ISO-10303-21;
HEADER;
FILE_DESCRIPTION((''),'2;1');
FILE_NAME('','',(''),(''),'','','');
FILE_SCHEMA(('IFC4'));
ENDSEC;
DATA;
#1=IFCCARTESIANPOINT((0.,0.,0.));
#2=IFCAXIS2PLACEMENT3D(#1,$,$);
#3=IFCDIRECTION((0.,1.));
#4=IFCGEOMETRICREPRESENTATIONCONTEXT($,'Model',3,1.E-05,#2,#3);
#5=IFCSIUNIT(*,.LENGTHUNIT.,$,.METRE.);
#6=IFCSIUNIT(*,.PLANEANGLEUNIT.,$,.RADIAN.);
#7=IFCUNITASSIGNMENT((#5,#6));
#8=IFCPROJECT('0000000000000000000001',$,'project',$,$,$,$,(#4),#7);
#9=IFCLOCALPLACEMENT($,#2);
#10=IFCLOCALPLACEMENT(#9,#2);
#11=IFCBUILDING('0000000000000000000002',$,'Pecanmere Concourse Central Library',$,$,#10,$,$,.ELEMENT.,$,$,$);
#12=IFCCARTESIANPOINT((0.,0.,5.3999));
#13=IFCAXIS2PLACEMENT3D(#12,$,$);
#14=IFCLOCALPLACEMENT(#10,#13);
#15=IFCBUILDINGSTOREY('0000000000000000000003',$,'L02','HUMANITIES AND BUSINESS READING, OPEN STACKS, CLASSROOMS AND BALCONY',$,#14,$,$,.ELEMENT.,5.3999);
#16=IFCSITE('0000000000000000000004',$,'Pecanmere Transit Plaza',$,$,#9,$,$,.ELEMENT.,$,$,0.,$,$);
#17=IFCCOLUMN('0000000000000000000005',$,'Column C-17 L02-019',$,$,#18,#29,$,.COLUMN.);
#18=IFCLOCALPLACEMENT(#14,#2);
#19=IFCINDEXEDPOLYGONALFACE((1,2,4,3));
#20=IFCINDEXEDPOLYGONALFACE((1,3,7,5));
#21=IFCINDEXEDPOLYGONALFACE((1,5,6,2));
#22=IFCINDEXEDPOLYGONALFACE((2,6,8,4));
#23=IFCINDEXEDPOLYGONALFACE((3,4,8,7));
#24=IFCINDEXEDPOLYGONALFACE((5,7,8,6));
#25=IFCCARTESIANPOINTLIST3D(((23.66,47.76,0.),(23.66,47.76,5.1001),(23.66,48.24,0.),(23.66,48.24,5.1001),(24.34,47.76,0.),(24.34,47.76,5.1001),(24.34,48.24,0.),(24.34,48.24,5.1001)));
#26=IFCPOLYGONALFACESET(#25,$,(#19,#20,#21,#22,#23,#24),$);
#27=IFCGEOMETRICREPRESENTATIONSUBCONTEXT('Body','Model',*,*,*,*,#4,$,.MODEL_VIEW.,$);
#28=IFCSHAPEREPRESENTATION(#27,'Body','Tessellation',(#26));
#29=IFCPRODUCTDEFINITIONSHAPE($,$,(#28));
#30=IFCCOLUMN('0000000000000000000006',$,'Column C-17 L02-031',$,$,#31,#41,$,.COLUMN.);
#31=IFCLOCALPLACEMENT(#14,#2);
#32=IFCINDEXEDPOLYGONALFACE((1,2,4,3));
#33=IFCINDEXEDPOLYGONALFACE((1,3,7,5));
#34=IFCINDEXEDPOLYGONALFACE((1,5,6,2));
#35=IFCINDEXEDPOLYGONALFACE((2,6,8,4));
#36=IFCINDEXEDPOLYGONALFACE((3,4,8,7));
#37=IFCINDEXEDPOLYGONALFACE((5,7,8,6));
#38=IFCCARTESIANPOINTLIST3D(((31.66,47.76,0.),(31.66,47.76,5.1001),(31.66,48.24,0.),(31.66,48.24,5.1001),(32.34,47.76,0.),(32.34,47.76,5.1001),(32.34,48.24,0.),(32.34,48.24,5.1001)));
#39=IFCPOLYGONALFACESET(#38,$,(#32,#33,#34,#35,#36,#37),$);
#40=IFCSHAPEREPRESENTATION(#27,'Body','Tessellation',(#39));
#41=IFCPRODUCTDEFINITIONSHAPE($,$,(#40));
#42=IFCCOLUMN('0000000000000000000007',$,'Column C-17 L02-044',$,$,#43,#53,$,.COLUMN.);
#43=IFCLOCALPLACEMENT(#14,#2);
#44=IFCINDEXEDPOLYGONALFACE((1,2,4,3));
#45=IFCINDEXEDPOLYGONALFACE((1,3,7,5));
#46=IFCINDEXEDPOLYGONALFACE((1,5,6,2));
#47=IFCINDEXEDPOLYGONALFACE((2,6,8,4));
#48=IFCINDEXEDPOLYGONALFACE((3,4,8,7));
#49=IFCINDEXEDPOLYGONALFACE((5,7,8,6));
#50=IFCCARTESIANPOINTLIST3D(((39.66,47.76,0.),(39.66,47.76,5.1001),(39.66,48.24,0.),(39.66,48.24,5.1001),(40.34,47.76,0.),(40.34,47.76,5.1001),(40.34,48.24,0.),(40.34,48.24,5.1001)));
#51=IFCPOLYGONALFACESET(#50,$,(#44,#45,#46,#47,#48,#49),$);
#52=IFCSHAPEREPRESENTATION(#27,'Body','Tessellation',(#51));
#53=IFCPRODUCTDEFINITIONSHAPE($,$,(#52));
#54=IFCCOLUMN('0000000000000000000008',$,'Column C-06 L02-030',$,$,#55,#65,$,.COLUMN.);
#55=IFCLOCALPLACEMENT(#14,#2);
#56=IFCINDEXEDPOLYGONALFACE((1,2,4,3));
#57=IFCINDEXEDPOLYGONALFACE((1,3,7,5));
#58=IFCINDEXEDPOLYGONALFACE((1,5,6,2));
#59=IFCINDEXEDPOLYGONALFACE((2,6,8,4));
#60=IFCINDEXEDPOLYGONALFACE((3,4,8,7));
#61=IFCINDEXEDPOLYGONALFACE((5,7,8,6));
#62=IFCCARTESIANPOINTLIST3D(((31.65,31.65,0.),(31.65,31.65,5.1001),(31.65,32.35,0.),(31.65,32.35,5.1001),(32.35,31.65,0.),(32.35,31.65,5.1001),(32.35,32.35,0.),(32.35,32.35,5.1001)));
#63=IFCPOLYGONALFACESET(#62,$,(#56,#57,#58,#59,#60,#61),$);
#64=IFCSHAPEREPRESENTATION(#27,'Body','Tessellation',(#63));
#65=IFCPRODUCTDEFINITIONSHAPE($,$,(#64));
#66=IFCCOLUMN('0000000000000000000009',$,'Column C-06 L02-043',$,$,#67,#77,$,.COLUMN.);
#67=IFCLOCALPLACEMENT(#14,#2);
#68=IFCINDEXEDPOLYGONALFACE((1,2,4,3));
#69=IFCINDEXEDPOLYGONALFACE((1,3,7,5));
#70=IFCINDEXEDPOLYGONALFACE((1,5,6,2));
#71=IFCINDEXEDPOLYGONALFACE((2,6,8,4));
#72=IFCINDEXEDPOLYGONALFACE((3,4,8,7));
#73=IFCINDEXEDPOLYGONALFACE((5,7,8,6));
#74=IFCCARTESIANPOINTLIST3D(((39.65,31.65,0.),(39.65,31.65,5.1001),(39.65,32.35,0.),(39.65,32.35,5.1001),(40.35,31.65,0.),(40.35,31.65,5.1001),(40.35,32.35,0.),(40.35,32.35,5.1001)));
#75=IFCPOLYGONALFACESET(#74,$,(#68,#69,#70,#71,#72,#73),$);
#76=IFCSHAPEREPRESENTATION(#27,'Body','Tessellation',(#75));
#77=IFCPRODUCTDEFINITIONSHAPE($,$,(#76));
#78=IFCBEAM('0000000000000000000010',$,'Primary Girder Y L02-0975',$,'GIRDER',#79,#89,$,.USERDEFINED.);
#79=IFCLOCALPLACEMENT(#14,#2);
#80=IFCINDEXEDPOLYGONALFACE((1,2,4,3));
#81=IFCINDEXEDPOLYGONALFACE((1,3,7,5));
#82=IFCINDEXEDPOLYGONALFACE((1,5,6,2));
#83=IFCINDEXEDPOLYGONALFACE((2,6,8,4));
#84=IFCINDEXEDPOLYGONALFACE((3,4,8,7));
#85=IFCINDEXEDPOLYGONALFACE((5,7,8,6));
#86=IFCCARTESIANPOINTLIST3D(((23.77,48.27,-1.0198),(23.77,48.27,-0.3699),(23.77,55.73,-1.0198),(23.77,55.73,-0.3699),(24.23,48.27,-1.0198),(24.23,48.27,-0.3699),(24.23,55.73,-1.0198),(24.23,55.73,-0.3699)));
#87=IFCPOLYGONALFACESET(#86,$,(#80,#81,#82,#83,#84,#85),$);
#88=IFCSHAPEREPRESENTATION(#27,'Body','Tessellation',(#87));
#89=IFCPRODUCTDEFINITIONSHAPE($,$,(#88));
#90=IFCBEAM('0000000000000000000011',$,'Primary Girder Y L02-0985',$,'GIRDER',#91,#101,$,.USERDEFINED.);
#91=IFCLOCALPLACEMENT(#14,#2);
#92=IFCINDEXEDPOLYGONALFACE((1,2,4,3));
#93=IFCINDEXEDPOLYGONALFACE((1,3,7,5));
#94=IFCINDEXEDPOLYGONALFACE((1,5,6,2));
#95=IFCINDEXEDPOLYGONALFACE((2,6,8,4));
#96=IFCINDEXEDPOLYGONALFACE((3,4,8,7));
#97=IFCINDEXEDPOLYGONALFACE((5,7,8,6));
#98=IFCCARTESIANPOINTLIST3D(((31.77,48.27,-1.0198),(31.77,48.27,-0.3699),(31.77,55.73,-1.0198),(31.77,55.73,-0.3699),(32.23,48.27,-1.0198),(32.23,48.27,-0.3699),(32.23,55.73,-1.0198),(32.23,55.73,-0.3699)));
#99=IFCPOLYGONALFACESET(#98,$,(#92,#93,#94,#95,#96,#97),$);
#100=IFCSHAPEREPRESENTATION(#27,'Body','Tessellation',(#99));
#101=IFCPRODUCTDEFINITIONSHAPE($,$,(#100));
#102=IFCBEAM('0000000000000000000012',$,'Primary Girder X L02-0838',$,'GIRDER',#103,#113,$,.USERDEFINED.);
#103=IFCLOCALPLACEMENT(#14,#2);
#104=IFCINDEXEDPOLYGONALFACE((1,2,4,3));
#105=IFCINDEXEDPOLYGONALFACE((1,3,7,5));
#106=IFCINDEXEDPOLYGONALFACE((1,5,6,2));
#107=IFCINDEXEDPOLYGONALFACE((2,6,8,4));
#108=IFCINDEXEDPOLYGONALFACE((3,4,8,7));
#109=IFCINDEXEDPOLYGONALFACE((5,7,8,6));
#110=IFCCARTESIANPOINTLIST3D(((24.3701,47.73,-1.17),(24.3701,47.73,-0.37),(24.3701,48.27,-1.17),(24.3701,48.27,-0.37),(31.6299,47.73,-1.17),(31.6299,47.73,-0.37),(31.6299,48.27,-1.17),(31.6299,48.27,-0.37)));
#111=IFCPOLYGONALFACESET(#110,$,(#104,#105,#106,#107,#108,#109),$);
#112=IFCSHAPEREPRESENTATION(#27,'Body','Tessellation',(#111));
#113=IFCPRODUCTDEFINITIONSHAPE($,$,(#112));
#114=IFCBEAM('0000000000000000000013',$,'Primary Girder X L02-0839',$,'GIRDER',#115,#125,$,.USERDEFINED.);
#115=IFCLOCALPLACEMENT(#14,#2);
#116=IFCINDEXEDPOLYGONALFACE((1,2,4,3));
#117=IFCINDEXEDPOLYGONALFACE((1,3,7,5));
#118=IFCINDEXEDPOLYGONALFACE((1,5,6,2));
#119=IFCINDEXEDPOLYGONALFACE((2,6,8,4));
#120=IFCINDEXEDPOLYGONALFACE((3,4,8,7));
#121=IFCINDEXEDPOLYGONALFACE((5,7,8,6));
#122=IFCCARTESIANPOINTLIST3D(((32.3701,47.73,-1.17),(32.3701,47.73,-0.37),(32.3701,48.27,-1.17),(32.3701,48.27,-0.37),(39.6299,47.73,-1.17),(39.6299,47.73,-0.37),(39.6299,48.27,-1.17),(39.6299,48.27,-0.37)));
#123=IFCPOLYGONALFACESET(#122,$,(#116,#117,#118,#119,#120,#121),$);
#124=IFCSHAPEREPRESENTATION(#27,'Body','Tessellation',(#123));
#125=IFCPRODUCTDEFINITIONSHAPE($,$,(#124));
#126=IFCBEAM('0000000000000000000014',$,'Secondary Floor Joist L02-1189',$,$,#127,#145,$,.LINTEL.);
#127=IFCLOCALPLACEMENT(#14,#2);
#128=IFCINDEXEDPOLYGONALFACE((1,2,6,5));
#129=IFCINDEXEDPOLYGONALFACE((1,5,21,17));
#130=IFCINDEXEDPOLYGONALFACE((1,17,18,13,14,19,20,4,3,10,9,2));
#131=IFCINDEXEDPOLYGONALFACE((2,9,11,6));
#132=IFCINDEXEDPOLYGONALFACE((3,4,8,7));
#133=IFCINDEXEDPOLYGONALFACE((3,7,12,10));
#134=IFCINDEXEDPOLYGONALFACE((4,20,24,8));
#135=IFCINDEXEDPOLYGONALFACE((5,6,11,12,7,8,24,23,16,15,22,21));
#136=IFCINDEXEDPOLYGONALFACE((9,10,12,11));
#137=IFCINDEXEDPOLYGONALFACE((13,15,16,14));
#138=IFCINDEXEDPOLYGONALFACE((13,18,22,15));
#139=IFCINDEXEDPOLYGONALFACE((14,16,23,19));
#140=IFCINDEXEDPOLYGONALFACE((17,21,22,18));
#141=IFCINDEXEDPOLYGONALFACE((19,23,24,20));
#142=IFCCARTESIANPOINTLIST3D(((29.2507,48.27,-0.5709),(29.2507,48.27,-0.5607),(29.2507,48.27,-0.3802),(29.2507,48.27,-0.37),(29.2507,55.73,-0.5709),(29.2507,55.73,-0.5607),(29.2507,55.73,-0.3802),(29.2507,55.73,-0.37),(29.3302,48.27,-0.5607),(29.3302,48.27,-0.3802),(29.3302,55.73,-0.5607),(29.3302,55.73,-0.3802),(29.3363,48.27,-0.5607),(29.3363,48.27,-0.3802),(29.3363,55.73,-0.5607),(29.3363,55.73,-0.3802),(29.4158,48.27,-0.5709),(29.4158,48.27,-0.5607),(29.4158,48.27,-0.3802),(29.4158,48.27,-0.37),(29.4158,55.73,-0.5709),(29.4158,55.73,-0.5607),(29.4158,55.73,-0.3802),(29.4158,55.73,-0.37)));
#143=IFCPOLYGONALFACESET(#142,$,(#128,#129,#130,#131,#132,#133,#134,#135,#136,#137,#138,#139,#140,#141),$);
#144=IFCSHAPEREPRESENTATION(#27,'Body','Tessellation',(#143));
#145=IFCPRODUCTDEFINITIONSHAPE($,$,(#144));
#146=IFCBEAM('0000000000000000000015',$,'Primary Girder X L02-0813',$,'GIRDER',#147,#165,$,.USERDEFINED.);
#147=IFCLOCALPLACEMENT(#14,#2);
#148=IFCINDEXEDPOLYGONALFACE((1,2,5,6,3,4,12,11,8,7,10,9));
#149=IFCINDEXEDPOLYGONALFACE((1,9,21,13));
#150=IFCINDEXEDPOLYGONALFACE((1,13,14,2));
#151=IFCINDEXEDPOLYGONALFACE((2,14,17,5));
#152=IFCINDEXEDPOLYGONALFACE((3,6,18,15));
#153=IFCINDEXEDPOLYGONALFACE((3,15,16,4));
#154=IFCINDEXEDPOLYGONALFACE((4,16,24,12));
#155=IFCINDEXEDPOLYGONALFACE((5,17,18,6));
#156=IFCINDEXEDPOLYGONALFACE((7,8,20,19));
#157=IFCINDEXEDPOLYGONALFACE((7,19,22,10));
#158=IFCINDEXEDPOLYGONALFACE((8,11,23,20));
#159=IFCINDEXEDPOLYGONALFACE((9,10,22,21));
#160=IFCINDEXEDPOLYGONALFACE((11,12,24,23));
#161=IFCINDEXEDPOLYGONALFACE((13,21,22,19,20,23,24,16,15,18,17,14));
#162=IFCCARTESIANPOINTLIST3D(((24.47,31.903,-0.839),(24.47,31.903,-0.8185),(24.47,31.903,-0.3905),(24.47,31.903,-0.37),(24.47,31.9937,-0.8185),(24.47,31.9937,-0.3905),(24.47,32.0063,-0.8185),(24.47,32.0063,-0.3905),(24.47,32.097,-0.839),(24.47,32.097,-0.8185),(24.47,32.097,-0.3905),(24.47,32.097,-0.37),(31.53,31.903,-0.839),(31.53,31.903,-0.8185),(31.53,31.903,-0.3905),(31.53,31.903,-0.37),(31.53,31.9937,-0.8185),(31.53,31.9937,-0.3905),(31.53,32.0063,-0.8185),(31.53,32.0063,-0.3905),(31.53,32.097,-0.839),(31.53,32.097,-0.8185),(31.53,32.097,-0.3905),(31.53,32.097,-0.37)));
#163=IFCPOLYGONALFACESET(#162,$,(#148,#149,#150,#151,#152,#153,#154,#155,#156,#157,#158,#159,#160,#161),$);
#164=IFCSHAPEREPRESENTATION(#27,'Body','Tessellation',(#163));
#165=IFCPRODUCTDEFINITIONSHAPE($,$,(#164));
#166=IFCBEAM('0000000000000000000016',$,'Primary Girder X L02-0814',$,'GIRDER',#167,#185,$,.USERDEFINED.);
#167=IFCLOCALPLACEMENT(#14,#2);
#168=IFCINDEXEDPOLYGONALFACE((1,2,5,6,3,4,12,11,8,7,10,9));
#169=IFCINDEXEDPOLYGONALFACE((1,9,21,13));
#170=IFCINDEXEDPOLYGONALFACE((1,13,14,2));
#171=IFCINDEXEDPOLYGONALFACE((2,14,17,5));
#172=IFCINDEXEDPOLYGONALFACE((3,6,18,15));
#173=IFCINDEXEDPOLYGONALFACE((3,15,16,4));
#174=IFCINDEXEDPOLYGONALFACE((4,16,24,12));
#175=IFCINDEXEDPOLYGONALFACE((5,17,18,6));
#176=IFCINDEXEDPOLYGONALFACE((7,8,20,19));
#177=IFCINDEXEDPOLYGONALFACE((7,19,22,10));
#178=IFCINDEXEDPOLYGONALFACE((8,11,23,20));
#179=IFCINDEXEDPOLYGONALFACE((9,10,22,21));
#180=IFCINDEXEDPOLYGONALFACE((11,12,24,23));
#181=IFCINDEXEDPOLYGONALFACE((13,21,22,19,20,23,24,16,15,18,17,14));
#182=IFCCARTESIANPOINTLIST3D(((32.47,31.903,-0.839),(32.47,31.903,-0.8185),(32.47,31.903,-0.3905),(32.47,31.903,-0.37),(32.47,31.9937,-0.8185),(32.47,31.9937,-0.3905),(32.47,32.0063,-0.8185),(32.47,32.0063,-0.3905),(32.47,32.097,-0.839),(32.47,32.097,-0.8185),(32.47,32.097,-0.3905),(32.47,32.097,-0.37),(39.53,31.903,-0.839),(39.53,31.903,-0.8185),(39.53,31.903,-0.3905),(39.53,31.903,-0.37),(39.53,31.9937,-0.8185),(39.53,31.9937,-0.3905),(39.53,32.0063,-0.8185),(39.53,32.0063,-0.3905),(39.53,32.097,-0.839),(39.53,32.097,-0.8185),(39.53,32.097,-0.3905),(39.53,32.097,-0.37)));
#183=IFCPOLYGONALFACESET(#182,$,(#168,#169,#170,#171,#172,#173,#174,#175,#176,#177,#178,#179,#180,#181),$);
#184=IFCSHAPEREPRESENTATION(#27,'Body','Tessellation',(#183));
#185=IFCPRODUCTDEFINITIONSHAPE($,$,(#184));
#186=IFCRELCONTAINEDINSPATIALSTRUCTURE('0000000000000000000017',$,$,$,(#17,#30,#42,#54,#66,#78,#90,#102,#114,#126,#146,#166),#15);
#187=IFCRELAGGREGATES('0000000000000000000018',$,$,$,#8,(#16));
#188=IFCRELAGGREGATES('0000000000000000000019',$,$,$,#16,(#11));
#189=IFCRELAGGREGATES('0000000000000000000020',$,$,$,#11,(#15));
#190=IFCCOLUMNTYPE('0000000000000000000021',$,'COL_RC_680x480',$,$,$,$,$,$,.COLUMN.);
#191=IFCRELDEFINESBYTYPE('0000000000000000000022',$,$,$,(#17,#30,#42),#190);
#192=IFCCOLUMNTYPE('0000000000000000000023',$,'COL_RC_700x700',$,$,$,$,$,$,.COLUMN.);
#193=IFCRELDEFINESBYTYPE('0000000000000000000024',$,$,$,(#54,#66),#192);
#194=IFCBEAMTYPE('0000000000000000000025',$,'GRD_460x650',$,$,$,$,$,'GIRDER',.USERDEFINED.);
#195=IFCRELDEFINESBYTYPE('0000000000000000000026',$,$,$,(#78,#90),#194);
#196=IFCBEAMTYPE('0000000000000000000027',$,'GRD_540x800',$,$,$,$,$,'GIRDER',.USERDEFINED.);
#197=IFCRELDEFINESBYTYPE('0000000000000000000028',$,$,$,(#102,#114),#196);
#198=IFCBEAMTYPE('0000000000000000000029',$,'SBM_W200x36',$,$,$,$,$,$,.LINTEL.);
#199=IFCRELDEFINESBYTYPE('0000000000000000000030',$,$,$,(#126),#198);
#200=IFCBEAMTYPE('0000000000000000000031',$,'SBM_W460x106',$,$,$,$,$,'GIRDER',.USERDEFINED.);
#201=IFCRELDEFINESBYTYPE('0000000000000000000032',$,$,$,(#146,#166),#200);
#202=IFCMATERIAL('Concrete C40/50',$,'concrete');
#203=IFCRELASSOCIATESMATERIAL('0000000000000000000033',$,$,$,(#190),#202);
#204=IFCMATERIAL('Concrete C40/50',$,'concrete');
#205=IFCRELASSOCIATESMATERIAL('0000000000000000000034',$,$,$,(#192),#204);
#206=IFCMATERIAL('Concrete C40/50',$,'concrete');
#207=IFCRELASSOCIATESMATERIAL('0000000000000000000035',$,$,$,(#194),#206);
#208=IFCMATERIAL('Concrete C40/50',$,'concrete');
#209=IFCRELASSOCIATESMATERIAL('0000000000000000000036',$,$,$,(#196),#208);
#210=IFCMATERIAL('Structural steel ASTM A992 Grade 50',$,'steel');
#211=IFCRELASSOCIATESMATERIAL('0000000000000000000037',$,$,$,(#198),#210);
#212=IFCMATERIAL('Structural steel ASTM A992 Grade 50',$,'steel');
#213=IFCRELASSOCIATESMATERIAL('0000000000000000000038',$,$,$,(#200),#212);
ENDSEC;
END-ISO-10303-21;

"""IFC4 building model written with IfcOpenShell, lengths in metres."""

from ifc_helpers import new_model, si_unit, direction, frame, origin, origin_2d, place, context, subcontext, project, spatial, rectangle, i_section, extrude, material, material_profile, profile_set, type_object, element, save


model = new_model("IFC4")

# Units and contexts
model_context = context("Model", 3, precision=1e-05, world=origin(), true_north=direction((0.0, 1.0)))
body_context = subcontext(model_context, "Body", "Model", "MODEL_VIEW")
ifc_project = project(units=[si_unit("LENGTHUNIT", "METRE"), si_unit("PLANEANGLEUNIT", "RADIAN")], contexts=[model_context])

# Site, building, storey
site_placement = place(None, origin())
site = spatial("IfcSite", under=ifc_project, at=site_placement, Name="Pecanmere Transit Plaza", CompositionType="ELEMENT", RefElevation=0.0)
building_placement = place(site_placement, origin())
building = spatial("IfcBuilding", under=site, at=building_placement, Name="Pecanmere Concourse Central Library", CompositionType="ELEMENT")
storey_placement = place(building_placement, frame((0.0, 0.0, 5.3999)))
storey = spatial("IfcBuildingStorey", under=building, at=storey_placement, Name="L02", Description="HUMANITIES AND BUSINESS READING, OPEN STACKS, CLASSROOMS AND BALCONY", CompositionType="ELEMENT", Elevation=5.3999)

# Columns
ifc_material_1 = material(Name="Concrete C40/50", Category="concrete")
ifc_material_profile_1 = material_profile(ifc_material_1, rectangle(XDim=0.6799, YDim=0.48, at=origin_2d()), Name="RC 680x480")
ifc_profile_set_1 = profile_set([ifc_material_profile_1], Name="Concrete C40/50")
column_type_1 = type_object("IfcColumnType", Name="COL_RC_680x480", PredefinedType="COLUMN", material=ifc_profile_set_1)
for number, where, z_axis, x_axis, name in (
    (1, (24.0, 48.0, 0.0), (0.0, 0.0, 1.0), (1.0, 0.0, 0.0), "Column C-17 L02-019"),
    (2, (32.0, 48.0, 0.0), (0.0, 0.0, 1.0), (1.0, 0.0, 0.0), "Column C-17 L02-031"),
    (3, (40.0, 48.0, 0.0), (0.0, 0.0, 1.0), (1.0, 0.0, 0.0), "Column C-17 L02-044"),
):
    element("IfcColumn", number, at=place(storey_placement, frame(where, z_axis=z_axis, x_axis=x_axis)), inside=storey, type_object=column_type_1, Name=name, PredefinedType="COLUMN", context=body_context, shape_type="SweptSolid", body=[
        extrude(rectangle(XDim=0.6799, YDim=0.48, at=origin_2d()), origin(), (0.0, 0.0, 1.0), 5.1001),
    ])
ifc_material_2 = material(Name="Concrete C40/50", Category="concrete")
ifc_material_profile_2 = material_profile(ifc_material_2, rectangle(XDim=0.7, YDim=0.7, at=origin_2d()), Name="RC 700x700")
ifc_profile_set_2 = profile_set([ifc_material_profile_2], Name="Concrete C40/50")
column_type_2 = type_object("IfcColumnType", Name="COL_RC_700x700", PredefinedType="COLUMN", material=ifc_profile_set_2)
for number, where, z_axis, x_axis, name in (
    (4, (32.0, 32.0, 0.0), (0.0, 0.0, 1.0), (1.0, 0.0, 0.0), "Column C-06 L02-030"),
    (5, (40.0, 32.0, 0.0), (0.0, 0.0, 1.0), (1.0, 0.0, 0.0), "Column C-06 L02-043"),
):
    element("IfcColumn", number, at=place(storey_placement, frame(where, z_axis=z_axis, x_axis=x_axis)), inside=storey, type_object=column_type_2, Name=name, PredefinedType="COLUMN", context=body_context, shape_type="SweptSolid", body=[
        extrude(rectangle(XDim=0.7, YDim=0.7, at=origin_2d()), origin(), (0.0, 0.0, 1.0), 5.1001),
    ])

# Beams
ifc_material_3 = material(Name="Concrete C40/50", Category="concrete")
ifc_material_profile_3 = material_profile(ifc_material_3, rectangle(XDim=0.46, YDim=0.6499, at=origin_2d()), Name="RC 460x650")
ifc_profile_set_3 = profile_set([ifc_material_profile_3], Name="Concrete C40/50")
beam_type_1 = type_object("IfcBeamType", Name="GRD_460x650", ElementType="GIRDER", PredefinedType="USERDEFINED", material=ifc_profile_set_3)
for number, where, z_axis, x_axis, name in (
    (6, (24.0, 48.27, -0.6948), (0.0, 1.0, 0.0), (-1.0, 0.0, 0.0), "Primary Girder Y L02-0975"),
    (7, (32.0, 48.27, -0.6948), (0.0, 1.0, 0.0), (-1.0, 0.0, 0.0), "Primary Girder Y L02-0985"),
):
    element("IfcBeam", number, at=place(storey_placement, frame(where, z_axis=z_axis, x_axis=x_axis)), inside=storey, type_object=beam_type_1, Name=name, ObjectType="GIRDER", PredefinedType="USERDEFINED", context=body_context, shape_type="SweptSolid", body=[
        extrude(rectangle(XDim=0.46, YDim=0.6499, at=origin_2d()), origin(), (0.0, 0.0, 1.0), 7.46),
    ])
ifc_material_4 = material(Name="Concrete C40/50", Category="concrete")
ifc_material_profile_4 = material_profile(ifc_material_4, rectangle(XDim=0.54, YDim=0.8, at=origin_2d()), Name="RC 540x800")
ifc_profile_set_4 = profile_set([ifc_material_profile_4], Name="Concrete C40/50")
beam_type_2 = type_object("IfcBeamType", Name="GRD_540x800", ElementType="GIRDER", PredefinedType="USERDEFINED", material=ifc_profile_set_4)
for number, where, z_axis, x_axis, name in (
    (8, (24.3701, 48.0, -0.77), (1.0, 0.0, 0.0), (0.0, 1.0, 0.0), "Primary Girder X L02-0838"),
    (9, (32.3701, 48.0, -0.77), (1.0, 0.0, 0.0), (0.0, 1.0, 0.0), "Primary Girder X L02-0839"),
):
    element("IfcBeam", number, at=place(storey_placement, frame(where, z_axis=z_axis, x_axis=x_axis)), inside=storey, type_object=beam_type_2, Name=name, ObjectType="GIRDER", PredefinedType="USERDEFINED", context=body_context, shape_type="SweptSolid", body=[
        extrude(rectangle(XDim=0.54, YDim=0.8, at=origin_2d()), origin(), (0.0, 0.0, 1.0), 7.2598),
    ])
ifc_material_5 = material(Name="Structural steel ASTM A992 Grade 50", Category="steel")
ifc_material_profile_5 = material_profile(ifc_material_5, i_section(OverallWidth=0.165, OverallDepth=0.2009, WebThickness=0.0061, FlangeThickness=0.0103, at=origin_2d()), Name="W200x35.9")
ifc_profile_set_5 = profile_set([ifc_material_profile_5], Name="Structural steel ASTM A992 Grade 50")
beam_type_3 = type_object("IfcBeamType", Name="SBM_W200x36", PredefinedType="LINTEL", material=ifc_profile_set_5)
beam_1_placement = place(storey_placement, frame((29.3333, 48.27, -0.4705), z_axis=(0.0, 1.0, 0.0), x_axis=(-1.0, 0.0, 0.0)))
element("IfcBeam", 10, at=beam_1_placement, inside=storey, type_object=beam_type_3, Name="Secondary Floor Joist L02-1189", PredefinedType="LINTEL", context=body_context, shape_type="SweptSolid", body=[
    extrude(i_section(OverallWidth=0.165, OverallDepth=0.2009, WebThickness=0.0061, FlangeThickness=0.0103, at=origin_2d()), origin(), (0.0, 0.0, 1.0), 7.46),
])
ifc_material_6 = material(Name="Structural steel ASTM A992 Grade 50", Category="steel")
ifc_material_profile_6 = material_profile(ifc_material_6, i_section(OverallWidth=0.1941, OverallDepth=0.469, WebThickness=0.0127, FlangeThickness=0.0205, at=origin_2d()), Name="W460x106")
ifc_profile_set_6 = profile_set([ifc_material_profile_6], Name="Structural steel ASTM A992 Grade 50")
beam_type_4 = type_object("IfcBeamType", Name="SBM_W460x106", ElementType="GIRDER", PredefinedType="USERDEFINED", material=ifc_profile_set_6)
for number, where, z_axis, x_axis, name in (
    (11, (24.47, 32.0, -0.6045), (1.0, 0.0, 0.0), (0.0, 1.0, 0.0), "Primary Girder X L02-0813"),
    (12, (32.47, 32.0, -0.6045), (1.0, 0.0, 0.0), (0.0, 1.0, 0.0), "Primary Girder X L02-0814"),
):
    element("IfcBeam", number, at=place(storey_placement, frame(where, z_axis=z_axis, x_axis=x_axis)), inside=storey, type_object=beam_type_4, Name=name, ObjectType="GIRDER", PredefinedType="USERDEFINED", context=body_context, shape_type="SweptSolid", body=[
        extrude(i_section(OverallWidth=0.1941, OverallDepth=0.469, WebThickness=0.0127, FlangeThickness=0.0205, at=origin_2d()), origin(), (0.0, 0.0, 1.0), 7.0601),
    ])

save(model, "model.ifc")
